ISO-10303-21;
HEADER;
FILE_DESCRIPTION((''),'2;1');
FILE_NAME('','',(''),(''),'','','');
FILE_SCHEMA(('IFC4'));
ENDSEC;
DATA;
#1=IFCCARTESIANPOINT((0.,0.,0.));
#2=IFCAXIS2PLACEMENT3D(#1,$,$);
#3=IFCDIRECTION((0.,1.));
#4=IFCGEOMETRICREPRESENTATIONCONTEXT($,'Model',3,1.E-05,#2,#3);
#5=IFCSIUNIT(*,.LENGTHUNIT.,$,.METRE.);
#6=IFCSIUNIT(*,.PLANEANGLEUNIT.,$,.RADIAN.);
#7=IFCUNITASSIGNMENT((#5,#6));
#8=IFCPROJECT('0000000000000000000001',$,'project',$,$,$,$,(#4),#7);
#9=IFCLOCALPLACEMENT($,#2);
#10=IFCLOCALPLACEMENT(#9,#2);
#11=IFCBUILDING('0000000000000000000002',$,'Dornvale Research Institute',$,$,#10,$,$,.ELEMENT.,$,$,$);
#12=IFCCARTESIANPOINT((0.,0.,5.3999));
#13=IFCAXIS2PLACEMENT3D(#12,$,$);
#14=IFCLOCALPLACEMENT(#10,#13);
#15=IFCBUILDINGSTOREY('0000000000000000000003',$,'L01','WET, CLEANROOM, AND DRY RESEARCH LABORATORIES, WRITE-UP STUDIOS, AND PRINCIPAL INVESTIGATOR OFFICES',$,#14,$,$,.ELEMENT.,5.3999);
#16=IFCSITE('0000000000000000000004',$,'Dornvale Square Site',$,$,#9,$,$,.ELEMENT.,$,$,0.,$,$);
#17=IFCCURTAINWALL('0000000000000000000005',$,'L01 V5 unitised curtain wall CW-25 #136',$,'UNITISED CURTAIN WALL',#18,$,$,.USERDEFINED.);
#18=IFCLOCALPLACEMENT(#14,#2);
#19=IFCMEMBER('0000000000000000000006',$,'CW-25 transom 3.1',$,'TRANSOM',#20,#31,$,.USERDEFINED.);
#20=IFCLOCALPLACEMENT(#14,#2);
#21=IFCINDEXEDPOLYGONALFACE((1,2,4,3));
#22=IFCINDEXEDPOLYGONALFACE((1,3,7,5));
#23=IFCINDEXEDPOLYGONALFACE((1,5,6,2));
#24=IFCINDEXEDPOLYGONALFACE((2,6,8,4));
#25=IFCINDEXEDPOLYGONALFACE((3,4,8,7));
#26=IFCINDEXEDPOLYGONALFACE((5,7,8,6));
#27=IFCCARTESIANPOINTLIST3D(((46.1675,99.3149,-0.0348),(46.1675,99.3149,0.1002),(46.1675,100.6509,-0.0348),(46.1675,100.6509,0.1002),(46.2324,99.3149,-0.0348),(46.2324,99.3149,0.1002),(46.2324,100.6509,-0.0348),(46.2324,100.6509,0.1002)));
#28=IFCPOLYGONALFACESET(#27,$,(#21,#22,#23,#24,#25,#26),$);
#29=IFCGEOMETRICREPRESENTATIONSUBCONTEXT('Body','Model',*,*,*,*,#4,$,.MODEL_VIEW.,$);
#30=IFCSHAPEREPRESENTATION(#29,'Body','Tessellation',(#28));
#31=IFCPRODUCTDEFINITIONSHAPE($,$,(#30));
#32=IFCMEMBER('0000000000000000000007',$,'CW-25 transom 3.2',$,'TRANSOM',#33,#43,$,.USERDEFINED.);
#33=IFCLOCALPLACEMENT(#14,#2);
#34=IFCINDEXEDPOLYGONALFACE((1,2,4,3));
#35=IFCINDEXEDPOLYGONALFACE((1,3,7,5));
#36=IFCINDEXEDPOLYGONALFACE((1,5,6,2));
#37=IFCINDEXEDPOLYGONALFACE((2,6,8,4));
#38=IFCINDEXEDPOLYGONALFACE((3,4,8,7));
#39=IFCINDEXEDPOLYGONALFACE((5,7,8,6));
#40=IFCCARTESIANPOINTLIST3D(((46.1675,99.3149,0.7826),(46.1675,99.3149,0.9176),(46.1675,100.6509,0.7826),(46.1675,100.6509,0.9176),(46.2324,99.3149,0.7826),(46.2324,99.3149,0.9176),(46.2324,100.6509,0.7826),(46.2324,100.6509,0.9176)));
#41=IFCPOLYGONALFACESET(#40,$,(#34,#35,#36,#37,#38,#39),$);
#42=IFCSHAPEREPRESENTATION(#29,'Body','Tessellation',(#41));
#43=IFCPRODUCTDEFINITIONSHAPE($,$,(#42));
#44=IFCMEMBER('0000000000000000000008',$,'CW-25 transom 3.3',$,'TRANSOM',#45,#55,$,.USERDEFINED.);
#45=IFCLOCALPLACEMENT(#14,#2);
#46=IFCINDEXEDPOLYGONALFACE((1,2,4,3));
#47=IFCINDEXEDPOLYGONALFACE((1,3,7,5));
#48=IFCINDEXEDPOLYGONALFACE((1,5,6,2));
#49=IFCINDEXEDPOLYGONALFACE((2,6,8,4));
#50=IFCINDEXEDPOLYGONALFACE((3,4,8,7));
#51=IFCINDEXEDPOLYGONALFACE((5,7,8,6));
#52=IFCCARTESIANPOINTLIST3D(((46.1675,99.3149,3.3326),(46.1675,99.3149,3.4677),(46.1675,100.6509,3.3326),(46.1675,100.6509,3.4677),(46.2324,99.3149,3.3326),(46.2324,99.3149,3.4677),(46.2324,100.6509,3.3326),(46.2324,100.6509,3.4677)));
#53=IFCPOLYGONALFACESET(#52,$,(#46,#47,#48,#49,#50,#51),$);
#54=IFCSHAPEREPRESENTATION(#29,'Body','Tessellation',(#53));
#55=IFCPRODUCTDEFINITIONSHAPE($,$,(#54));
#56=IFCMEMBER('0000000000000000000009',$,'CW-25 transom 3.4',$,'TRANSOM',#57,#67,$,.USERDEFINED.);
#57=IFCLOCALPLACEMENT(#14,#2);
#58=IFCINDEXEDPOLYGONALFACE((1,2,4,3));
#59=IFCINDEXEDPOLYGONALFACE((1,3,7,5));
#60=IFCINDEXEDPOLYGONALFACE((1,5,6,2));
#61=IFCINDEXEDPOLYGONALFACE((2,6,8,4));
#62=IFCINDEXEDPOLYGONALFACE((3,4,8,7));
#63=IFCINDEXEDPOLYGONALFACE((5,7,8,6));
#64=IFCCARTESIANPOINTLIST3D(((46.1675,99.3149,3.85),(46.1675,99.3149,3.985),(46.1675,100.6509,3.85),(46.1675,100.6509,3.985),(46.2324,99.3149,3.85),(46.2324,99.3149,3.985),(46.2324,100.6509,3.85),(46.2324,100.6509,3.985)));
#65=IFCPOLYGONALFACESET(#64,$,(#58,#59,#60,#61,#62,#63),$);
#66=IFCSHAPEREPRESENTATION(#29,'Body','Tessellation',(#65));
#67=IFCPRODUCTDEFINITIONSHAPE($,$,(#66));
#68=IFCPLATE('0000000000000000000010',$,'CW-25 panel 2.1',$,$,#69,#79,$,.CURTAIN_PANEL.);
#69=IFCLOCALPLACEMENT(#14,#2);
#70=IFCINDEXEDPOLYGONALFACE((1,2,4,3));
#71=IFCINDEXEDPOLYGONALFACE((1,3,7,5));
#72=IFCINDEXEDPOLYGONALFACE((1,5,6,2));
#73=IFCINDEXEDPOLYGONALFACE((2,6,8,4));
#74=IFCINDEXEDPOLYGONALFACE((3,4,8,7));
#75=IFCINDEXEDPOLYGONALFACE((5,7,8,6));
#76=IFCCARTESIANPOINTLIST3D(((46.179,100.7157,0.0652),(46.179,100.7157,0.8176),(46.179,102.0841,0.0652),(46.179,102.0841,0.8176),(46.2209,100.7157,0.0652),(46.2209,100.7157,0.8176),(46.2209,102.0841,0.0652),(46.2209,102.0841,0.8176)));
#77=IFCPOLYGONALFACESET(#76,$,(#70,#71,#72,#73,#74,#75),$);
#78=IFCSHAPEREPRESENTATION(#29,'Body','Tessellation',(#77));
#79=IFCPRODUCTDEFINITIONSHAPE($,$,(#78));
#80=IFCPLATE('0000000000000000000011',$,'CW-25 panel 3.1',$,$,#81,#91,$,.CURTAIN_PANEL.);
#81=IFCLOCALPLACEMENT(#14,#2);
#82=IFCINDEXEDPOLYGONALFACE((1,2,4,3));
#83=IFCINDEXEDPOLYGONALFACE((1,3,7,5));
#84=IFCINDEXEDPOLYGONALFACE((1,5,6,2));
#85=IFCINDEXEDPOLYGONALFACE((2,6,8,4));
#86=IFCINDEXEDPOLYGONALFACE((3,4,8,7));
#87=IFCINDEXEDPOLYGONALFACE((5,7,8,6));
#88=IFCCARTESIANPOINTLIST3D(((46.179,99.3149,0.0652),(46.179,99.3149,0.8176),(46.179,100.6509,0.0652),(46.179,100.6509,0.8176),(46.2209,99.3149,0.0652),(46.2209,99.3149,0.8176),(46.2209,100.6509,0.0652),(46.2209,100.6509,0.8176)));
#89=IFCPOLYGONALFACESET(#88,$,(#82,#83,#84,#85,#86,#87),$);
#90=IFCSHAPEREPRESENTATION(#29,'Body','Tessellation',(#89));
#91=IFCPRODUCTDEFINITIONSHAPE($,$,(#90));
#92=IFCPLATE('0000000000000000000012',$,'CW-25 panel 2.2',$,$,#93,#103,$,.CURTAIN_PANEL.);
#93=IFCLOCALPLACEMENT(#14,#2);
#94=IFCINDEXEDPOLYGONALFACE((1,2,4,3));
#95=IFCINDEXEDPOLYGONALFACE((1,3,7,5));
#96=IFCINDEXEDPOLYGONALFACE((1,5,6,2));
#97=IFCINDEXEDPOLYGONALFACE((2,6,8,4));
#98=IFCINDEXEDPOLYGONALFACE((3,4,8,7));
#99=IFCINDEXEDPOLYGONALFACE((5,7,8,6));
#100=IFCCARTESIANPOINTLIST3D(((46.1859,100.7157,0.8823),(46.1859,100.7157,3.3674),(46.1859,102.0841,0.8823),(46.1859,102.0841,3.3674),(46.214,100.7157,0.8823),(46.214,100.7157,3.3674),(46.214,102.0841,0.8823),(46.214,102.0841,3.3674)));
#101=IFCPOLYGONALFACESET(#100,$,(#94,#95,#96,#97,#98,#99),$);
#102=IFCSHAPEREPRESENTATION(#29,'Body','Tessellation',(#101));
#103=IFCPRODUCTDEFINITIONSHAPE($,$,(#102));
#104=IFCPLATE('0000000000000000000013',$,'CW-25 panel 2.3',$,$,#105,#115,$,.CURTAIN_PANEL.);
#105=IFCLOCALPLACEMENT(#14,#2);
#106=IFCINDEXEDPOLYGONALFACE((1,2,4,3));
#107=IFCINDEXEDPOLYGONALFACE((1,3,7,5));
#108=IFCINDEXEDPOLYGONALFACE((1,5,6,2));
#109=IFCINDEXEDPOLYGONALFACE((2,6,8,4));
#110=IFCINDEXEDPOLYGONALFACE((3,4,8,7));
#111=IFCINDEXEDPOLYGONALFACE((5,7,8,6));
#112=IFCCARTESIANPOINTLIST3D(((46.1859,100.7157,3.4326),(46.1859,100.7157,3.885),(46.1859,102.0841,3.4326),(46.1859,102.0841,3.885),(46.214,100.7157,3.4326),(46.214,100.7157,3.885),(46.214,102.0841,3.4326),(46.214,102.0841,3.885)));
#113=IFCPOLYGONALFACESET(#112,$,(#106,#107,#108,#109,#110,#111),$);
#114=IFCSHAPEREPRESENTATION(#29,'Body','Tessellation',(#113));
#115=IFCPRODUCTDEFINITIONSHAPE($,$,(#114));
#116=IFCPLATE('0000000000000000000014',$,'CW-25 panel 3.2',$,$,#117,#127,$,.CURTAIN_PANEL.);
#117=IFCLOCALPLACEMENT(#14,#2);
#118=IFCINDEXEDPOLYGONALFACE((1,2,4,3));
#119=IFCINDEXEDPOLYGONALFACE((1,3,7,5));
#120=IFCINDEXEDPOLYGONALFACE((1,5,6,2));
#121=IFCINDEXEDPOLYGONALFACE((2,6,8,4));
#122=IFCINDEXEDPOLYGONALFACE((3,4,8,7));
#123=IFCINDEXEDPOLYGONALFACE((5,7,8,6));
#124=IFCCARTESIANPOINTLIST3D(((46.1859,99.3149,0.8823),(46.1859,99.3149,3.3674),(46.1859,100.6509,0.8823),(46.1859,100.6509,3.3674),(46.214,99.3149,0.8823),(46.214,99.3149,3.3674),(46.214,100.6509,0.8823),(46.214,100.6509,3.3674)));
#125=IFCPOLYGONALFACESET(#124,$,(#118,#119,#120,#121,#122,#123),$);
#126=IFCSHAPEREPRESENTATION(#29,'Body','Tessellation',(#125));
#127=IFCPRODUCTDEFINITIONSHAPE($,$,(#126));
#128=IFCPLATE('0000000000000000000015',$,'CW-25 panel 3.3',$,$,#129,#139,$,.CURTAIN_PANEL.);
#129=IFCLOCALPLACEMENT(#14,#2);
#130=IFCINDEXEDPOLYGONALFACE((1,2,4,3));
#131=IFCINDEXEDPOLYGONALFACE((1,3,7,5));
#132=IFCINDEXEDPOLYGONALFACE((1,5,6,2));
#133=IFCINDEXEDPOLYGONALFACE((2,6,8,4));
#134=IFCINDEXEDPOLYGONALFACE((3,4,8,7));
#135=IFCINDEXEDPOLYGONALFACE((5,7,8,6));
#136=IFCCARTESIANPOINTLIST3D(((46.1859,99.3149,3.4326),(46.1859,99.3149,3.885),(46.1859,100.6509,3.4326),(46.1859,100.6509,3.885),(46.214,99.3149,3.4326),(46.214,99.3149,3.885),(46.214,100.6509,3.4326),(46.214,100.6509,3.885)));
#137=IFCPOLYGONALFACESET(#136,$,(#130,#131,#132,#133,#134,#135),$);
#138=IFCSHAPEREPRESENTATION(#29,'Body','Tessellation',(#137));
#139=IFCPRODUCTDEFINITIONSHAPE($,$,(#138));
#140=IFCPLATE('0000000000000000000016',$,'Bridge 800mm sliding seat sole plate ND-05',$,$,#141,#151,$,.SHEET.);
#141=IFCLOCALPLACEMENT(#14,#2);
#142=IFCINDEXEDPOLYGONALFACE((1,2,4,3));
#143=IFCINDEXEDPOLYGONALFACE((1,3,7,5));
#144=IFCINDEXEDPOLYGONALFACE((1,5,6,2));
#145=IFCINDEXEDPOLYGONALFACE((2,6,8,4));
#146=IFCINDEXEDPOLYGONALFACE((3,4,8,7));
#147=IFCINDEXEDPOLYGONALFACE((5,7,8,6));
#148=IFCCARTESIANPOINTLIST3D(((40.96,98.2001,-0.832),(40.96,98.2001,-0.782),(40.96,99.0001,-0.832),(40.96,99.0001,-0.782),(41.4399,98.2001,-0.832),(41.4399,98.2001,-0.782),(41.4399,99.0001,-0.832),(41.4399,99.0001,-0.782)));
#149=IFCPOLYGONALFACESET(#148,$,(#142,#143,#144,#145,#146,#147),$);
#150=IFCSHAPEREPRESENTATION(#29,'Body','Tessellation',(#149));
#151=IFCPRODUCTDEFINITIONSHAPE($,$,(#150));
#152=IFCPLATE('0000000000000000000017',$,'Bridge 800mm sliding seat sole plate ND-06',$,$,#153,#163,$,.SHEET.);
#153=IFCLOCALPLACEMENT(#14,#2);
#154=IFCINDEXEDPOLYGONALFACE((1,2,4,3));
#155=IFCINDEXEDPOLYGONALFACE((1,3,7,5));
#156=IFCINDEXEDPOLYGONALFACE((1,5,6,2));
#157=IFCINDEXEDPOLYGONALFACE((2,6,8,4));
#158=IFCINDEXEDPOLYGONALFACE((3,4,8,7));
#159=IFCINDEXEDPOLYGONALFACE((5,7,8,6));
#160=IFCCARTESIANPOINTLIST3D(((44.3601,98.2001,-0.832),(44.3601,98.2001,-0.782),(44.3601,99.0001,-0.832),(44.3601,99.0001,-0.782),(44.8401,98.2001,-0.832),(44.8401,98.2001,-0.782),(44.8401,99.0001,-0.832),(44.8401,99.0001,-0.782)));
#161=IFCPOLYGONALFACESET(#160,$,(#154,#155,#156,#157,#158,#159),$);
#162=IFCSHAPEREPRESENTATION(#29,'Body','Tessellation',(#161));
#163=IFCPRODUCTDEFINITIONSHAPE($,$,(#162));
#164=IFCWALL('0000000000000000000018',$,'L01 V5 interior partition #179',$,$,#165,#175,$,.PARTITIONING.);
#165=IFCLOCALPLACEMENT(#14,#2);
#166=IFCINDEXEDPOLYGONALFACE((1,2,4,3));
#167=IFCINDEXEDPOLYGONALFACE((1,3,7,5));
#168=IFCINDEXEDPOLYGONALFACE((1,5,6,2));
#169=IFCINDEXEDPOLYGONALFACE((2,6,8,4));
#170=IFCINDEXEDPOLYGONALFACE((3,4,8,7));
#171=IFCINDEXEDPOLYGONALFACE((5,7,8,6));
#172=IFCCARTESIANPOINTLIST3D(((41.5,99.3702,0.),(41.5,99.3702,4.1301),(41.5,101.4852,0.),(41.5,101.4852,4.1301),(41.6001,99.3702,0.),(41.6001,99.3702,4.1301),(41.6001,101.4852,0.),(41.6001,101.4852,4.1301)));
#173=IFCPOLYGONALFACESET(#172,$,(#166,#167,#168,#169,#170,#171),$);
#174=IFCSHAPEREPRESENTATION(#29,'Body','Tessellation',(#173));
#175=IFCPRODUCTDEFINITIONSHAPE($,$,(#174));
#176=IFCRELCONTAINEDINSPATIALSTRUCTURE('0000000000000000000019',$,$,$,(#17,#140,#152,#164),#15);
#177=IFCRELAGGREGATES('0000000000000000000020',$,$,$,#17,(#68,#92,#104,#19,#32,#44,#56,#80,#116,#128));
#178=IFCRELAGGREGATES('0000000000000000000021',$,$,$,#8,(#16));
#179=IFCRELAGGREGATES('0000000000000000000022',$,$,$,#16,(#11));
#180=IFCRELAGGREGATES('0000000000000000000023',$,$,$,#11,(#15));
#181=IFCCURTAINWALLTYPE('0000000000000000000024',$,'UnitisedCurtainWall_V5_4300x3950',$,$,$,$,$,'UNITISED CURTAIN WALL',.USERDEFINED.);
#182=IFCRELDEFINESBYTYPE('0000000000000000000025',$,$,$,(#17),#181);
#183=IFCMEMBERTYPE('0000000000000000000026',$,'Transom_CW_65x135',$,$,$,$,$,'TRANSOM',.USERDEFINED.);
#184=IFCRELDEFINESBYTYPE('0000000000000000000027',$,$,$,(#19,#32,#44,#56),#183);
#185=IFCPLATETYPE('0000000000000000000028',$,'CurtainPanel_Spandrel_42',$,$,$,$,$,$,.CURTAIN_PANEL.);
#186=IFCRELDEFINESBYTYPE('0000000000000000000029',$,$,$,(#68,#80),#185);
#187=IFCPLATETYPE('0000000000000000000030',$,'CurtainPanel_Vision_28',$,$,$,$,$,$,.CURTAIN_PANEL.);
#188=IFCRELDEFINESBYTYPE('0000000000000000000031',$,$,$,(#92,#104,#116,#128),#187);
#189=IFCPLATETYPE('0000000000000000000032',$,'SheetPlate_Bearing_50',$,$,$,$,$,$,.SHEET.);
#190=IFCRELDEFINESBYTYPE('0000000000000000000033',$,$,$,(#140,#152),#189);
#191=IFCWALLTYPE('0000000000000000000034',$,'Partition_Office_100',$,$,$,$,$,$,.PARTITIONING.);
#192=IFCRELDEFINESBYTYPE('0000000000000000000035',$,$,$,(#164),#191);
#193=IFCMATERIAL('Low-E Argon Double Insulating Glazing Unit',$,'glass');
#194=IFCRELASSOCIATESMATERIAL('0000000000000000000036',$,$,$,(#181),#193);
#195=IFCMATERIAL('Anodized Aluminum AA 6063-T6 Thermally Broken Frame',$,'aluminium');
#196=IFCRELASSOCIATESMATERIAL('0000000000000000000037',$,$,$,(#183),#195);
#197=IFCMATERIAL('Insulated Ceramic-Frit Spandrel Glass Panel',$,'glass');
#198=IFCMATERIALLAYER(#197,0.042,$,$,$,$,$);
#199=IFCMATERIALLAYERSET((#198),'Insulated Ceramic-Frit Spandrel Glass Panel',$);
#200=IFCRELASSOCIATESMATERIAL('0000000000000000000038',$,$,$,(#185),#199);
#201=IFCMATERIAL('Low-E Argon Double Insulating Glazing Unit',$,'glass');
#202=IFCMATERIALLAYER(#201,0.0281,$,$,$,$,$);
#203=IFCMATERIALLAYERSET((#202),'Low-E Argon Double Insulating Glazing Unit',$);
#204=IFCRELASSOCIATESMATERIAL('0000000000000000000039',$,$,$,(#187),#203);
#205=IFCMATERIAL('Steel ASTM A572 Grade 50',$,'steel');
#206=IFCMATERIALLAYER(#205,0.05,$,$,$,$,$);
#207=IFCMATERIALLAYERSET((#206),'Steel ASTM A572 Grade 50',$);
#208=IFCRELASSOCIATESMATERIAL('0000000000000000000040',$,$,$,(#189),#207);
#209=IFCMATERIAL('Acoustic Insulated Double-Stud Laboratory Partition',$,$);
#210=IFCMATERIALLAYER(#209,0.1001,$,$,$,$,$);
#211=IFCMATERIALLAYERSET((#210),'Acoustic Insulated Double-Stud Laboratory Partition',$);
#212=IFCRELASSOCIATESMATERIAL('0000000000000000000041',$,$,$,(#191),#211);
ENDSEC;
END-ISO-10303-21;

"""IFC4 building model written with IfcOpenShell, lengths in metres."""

from ifc_helpers import new_model, si_unit, direction, frame, frame_2d, origin, origin_2d, place, context, subcontext, project, spatial, rectangle, extrude, material, layer, layer_set, material_profile, profile_set, type_object, element, aggregate, save


model = new_model("IFC4")

# Units and contexts
model_context = context("Model", 3, precision=1e-05, world=origin(), true_north=direction((0.0, 1.0)))
body_context = subcontext(model_context, "Body", "Model", "MODEL_VIEW")
ifc_project = project(units=[si_unit("LENGTHUNIT", "METRE"), si_unit("PLANEANGLEUNIT", "RADIAN")], contexts=[model_context])

# Site, building, storey
site_placement = place(None, origin())
site = spatial("IfcSite", under=ifc_project, at=site_placement, Name="Dornvale Square Site", CompositionType="ELEMENT", RefElevation=0.0)
building_placement = place(site_placement, origin())
building = spatial("IfcBuilding", under=site, at=building_placement, Name="Dornvale Research Institute", CompositionType="ELEMENT")
storey_placement = place(building_placement, frame((0.0, 0.0, 5.3999)))
storey = spatial("IfcBuildingStorey", under=building, at=storey_placement, Name="L01", Description="WET, CLEANROOM, AND DRY RESEARCH LABORATORIES, WRITE-UP STUDIOS, AND PRINCIPAL INVESTIGATOR OFFICES", CompositionType="ELEMENT", Elevation=5.3999)

# Curtain wall
ifc_material_1 = material(Name="Low-E Argon Double Insulating Glazing Unit", Category="glass")
curtain_wall_type_1 = type_object("IfcCurtainWallType", Name="UnitisedCurtainWall_V5_4300x3950", ElementType="UNITISED CURTAIN WALL", PredefinedType="USERDEFINED", material=ifc_material_1)
curtain_wall_1_placement = place(storey_placement, origin())
curtain_wall_1 = element("IfcCurtainWall", 1, at=curtain_wall_1_placement, inside=storey, type_object=curtain_wall_type_1, Name="L01 V5 unitised curtain wall CW-25 #136", ObjectType="UNITISED CURTAIN WALL", PredefinedType="USERDEFINED")

# Members
ifc_material_2 = material(Name="Anodized Aluminum AA 6063-T6 Thermally Broken Frame", Category="aluminium")
ifc_material_profile_1 = material_profile(ifc_material_2, rectangle(XDim=0.0649, YDim=0.135, at=origin_2d()), Name="ALU TRANSOM 65x135")
ifc_profile_set_1 = profile_set([ifc_material_profile_1], Name="Anodized Aluminum AA 6063-T6 Thermally Broken Frame")
member_type_1 = type_object("IfcMemberType", Name="Transom_CW_65x135", ElementType="TRANSOM", PredefinedType="USERDEFINED", material=ifc_profile_set_1)
member_1_placement = place(storey_placement, frame((46.2, 100.6509, 0.0327), z_axis=(0.0, -1.0, 0.0), x_axis=(1.0, 0.0, 0.0)))
member_1 = element("IfcMember", 2, at=member_1_placement, type_object=member_type_1, Name="CW-25 transom 3.1", ObjectType="TRANSOM", PredefinedType="USERDEFINED", context=body_context, shape_type="SweptSolid", body=[
    extrude(rectangle(XDim=0.0649, YDim=0.135, at=origin_2d()), origin(), (0.0, 0.0, 1.0), 1.3359),
])
member_2_placement = place(storey_placement, frame((46.2, 100.6509, 0.8501), z_axis=(0.0, -1.0, 0.0), x_axis=(1.0, 0.0, 0.0)))
member_2 = element("IfcMember", 3, at=member_2_placement, type_object=member_type_1, Name="CW-25 transom 3.2", ObjectType="TRANSOM", PredefinedType="USERDEFINED", context=body_context, shape_type="SweptSolid", body=[
    extrude(rectangle(XDim=0.0649, YDim=0.135, at=origin_2d()), origin(), (0.0, 0.0, 1.0), 1.3359),
])
member_3_placement = place(storey_placement, frame((46.2, 100.6509, 3.4001), z_axis=(0.0, -1.0, 0.0), x_axis=(1.0, 0.0, 0.0)))
member_3 = element("IfcMember", 4, at=member_3_placement, type_object=member_type_1, Name="CW-25 transom 3.3", ObjectType="TRANSOM", PredefinedType="USERDEFINED", context=body_context, shape_type="SweptSolid", body=[
    extrude(rectangle(XDim=0.0649, YDim=0.135, at=origin_2d()), origin(), (0.0, 0.0, 1.0), 1.3359),
])
member_4_placement = place(storey_placement, frame((46.2, 100.6509, 3.9175), z_axis=(0.0, -1.0, 0.0), x_axis=(1.0, 0.0, 0.0)))
member_4 = element("IfcMember", 5, at=member_4_placement, type_object=member_type_1, Name="CW-25 transom 3.4", ObjectType="TRANSOM", PredefinedType="USERDEFINED", context=body_context, shape_type="SweptSolid", body=[
    extrude(rectangle(XDim=0.0649, YDim=0.135, at=origin_2d()), origin(), (0.0, 0.0, 1.0), 1.3359),
])

# Plates
ifc_material_3 = material(Name="Insulated Ceramic-Frit Spandrel Glass Panel", Category="glass")
ifc_layer_1 = layer(ifc_material_3, 0.042)
ifc_layer_set_1 = layer_set([ifc_layer_1], Name="Insulated Ceramic-Frit Spandrel Glass Panel")
plate_type_1 = type_object("IfcPlateType", Name="CurtainPanel_Spandrel_42", PredefinedType="CURTAIN_PANEL", material=ifc_layer_set_1)
plate_1_placement = place(storey_placement, frame((46.2, 101.3999, 0.0652), z_axis=(0.0, 0.0, 1.0), x_axis=(0.0, -1.0, 0.0)))
plate_1 = element("IfcPlate", 6, at=plate_1_placement, type_object=plate_type_1, Name="CW-25 panel 2.1", PredefinedType="CURTAIN_PANEL", context=body_context, shape_type="SweptSolid", body=[
    extrude(rectangle(XDim=1.3684, YDim=0.042, at=origin_2d()), origin(), (0.0, 0.0, 1.0), 0.7524),
])
plate_2_placement = place(storey_placement, frame((46.2, 99.9829, 0.0652), z_axis=(0.0, 0.0, 1.0), x_axis=(0.0, -1.0, 0.0)))
plate_2 = element("IfcPlate", 7, at=plate_2_placement, type_object=plate_type_1, Name="CW-25 panel 3.1", PredefinedType="CURTAIN_PANEL", context=body_context, shape_type="SweptSolid", body=[
    extrude(rectangle(XDim=1.3359, YDim=0.042, at=origin_2d()), origin(), (0.0, 0.0, 1.0), 0.7524),
])
ifc_material_4 = material(Name="Low-E Argon Double Insulating Glazing Unit", Category="glass")
ifc_layer_2 = layer(ifc_material_4, 0.0281)
ifc_layer_set_2 = layer_set([ifc_layer_2], Name="Low-E Argon Double Insulating Glazing Unit")
plate_type_2 = type_object("IfcPlateType", Name="CurtainPanel_Vision_28", PredefinedType="CURTAIN_PANEL", material=ifc_layer_set_2)
plate_3_placement = place(storey_placement, frame((46.2, 101.3999, 0.8823), z_axis=(0.0, 0.0, 1.0), x_axis=(0.0, -1.0, 0.0)))
plate_3 = element("IfcPlate", 8, at=plate_3_placement, type_object=plate_type_2, Name="CW-25 panel 2.2", PredefinedType="CURTAIN_PANEL", context=body_context, shape_type="SweptSolid", body=[
    extrude(rectangle(XDim=1.3684, YDim=0.0281, at=origin_2d()), origin(), (0.0, 0.0, 1.0), 2.4851),
])
plate_4_placement = place(storey_placement, frame((46.2, 101.3999, 3.4326), z_axis=(0.0, 0.0, 1.0), x_axis=(0.0, -1.0, 0.0)))
plate_4 = element("IfcPlate", 9, at=plate_4_placement, type_object=plate_type_2, Name="CW-25 panel 2.3", PredefinedType="CURTAIN_PANEL", context=body_context, shape_type="SweptSolid", body=[
    extrude(rectangle(XDim=1.3684, YDim=0.0281, at=origin_2d()), origin(), (0.0, 0.0, 1.0), 0.4524),
])
plate_5_placement = place(storey_placement, frame((46.2, 99.9829, 0.8823), z_axis=(0.0, 0.0, 1.0), x_axis=(0.0, -1.0, 0.0)))
plate_5 = element("IfcPlate", 10, at=plate_5_placement, type_object=plate_type_2, Name="CW-25 panel 3.2", PredefinedType="CURTAIN_PANEL", context=body_context, shape_type="SweptSolid", body=[
    extrude(rectangle(XDim=1.3359, YDim=0.0281, at=origin_2d()), origin(), (0.0, 0.0, 1.0), 2.4851),
])
plate_6_placement = place(storey_placement, frame((46.2, 99.9829, 3.4326), z_axis=(0.0, 0.0, 1.0), x_axis=(0.0, -1.0, 0.0)))
plate_6 = element("IfcPlate", 11, at=plate_6_placement, type_object=plate_type_2, Name="CW-25 panel 3.3", PredefinedType="CURTAIN_PANEL", context=body_context, shape_type="SweptSolid", body=[
    extrude(rectangle(XDim=1.3359, YDim=0.0281, at=origin_2d()), origin(), (0.0, 0.0, 1.0), 0.4524),
])
aggregate(curtain_wall_1, [plate_1, plate_3, plate_4, member_1, member_2, member_3, member_4, plate_2, plate_5, plate_6])

# Plates
ifc_material_5 = material(Name="Steel ASTM A572 Grade 50", Category="steel")
ifc_layer_3 = layer(ifc_material_5, 0.05)
ifc_layer_set_3 = layer_set([ifc_layer_3], Name="Steel ASTM A572 Grade 50")
plate_type_3 = type_object("IfcPlateType", Name="SheetPlate_Bearing_50", PredefinedType="SHEET", material=ifc_layer_set_3)
for number, where, z_axis, x_axis, name in (
    (12, (41.2, 98.6001, -0.832), (0.0, 0.0, 1.0), (1.0, 0.0, 0.0), "Bridge 800mm sliding seat sole plate ND-05"),
    (13, (44.6001, 98.6001, -0.832), (0.0, 0.0, 1.0), (1.0, 0.0, 0.0), "Bridge 800mm sliding seat sole plate ND-06"),
):
    element("IfcPlate", number, at=place(storey_placement, frame(where, z_axis=z_axis, x_axis=x_axis)), inside=storey, type_object=plate_type_3, Name=name, PredefinedType="SHEET", context=body_context, shape_type="SweptSolid", body=[
        extrude(rectangle(XDim=0.48, YDim=0.8, at=origin_2d()), origin(), (0.0, 0.0, 1.0), 0.05),
    ])

# Wall
ifc_material_6 = material(Name="Acoustic Insulated Double-Stud Laboratory Partition")
ifc_layer_4 = layer(ifc_material_6, 0.1001)
ifc_layer_set_4 = layer_set([ifc_layer_4], Name="Acoustic Insulated Double-Stud Laboratory Partition")
wall_type_1 = type_object("IfcWallType", Name="Partition_Office_100", PredefinedType="PARTITIONING", material=ifc_layer_set_4)
wall_1_placement = place(storey_placement, frame((41.55, 99.3701, 0.0), z_axis=(0.0, 0.0, 1.0), x_axis=(0.0, 1.0, 0.0)))
element("IfcWall", 14, at=wall_1_placement, inside=storey, type_object=wall_type_1, Name="L01 V5 interior partition #179", PredefinedType="PARTITIONING", context=body_context, shape_type="SweptSolid", body=[
    extrude(rectangle(XDim=2.115, YDim=0.1001, at=frame_2d((1.0576, 0.0))), origin(), (0.0, 0.0, 1.0), 4.1301),
])

save(model, "model.ifc")
